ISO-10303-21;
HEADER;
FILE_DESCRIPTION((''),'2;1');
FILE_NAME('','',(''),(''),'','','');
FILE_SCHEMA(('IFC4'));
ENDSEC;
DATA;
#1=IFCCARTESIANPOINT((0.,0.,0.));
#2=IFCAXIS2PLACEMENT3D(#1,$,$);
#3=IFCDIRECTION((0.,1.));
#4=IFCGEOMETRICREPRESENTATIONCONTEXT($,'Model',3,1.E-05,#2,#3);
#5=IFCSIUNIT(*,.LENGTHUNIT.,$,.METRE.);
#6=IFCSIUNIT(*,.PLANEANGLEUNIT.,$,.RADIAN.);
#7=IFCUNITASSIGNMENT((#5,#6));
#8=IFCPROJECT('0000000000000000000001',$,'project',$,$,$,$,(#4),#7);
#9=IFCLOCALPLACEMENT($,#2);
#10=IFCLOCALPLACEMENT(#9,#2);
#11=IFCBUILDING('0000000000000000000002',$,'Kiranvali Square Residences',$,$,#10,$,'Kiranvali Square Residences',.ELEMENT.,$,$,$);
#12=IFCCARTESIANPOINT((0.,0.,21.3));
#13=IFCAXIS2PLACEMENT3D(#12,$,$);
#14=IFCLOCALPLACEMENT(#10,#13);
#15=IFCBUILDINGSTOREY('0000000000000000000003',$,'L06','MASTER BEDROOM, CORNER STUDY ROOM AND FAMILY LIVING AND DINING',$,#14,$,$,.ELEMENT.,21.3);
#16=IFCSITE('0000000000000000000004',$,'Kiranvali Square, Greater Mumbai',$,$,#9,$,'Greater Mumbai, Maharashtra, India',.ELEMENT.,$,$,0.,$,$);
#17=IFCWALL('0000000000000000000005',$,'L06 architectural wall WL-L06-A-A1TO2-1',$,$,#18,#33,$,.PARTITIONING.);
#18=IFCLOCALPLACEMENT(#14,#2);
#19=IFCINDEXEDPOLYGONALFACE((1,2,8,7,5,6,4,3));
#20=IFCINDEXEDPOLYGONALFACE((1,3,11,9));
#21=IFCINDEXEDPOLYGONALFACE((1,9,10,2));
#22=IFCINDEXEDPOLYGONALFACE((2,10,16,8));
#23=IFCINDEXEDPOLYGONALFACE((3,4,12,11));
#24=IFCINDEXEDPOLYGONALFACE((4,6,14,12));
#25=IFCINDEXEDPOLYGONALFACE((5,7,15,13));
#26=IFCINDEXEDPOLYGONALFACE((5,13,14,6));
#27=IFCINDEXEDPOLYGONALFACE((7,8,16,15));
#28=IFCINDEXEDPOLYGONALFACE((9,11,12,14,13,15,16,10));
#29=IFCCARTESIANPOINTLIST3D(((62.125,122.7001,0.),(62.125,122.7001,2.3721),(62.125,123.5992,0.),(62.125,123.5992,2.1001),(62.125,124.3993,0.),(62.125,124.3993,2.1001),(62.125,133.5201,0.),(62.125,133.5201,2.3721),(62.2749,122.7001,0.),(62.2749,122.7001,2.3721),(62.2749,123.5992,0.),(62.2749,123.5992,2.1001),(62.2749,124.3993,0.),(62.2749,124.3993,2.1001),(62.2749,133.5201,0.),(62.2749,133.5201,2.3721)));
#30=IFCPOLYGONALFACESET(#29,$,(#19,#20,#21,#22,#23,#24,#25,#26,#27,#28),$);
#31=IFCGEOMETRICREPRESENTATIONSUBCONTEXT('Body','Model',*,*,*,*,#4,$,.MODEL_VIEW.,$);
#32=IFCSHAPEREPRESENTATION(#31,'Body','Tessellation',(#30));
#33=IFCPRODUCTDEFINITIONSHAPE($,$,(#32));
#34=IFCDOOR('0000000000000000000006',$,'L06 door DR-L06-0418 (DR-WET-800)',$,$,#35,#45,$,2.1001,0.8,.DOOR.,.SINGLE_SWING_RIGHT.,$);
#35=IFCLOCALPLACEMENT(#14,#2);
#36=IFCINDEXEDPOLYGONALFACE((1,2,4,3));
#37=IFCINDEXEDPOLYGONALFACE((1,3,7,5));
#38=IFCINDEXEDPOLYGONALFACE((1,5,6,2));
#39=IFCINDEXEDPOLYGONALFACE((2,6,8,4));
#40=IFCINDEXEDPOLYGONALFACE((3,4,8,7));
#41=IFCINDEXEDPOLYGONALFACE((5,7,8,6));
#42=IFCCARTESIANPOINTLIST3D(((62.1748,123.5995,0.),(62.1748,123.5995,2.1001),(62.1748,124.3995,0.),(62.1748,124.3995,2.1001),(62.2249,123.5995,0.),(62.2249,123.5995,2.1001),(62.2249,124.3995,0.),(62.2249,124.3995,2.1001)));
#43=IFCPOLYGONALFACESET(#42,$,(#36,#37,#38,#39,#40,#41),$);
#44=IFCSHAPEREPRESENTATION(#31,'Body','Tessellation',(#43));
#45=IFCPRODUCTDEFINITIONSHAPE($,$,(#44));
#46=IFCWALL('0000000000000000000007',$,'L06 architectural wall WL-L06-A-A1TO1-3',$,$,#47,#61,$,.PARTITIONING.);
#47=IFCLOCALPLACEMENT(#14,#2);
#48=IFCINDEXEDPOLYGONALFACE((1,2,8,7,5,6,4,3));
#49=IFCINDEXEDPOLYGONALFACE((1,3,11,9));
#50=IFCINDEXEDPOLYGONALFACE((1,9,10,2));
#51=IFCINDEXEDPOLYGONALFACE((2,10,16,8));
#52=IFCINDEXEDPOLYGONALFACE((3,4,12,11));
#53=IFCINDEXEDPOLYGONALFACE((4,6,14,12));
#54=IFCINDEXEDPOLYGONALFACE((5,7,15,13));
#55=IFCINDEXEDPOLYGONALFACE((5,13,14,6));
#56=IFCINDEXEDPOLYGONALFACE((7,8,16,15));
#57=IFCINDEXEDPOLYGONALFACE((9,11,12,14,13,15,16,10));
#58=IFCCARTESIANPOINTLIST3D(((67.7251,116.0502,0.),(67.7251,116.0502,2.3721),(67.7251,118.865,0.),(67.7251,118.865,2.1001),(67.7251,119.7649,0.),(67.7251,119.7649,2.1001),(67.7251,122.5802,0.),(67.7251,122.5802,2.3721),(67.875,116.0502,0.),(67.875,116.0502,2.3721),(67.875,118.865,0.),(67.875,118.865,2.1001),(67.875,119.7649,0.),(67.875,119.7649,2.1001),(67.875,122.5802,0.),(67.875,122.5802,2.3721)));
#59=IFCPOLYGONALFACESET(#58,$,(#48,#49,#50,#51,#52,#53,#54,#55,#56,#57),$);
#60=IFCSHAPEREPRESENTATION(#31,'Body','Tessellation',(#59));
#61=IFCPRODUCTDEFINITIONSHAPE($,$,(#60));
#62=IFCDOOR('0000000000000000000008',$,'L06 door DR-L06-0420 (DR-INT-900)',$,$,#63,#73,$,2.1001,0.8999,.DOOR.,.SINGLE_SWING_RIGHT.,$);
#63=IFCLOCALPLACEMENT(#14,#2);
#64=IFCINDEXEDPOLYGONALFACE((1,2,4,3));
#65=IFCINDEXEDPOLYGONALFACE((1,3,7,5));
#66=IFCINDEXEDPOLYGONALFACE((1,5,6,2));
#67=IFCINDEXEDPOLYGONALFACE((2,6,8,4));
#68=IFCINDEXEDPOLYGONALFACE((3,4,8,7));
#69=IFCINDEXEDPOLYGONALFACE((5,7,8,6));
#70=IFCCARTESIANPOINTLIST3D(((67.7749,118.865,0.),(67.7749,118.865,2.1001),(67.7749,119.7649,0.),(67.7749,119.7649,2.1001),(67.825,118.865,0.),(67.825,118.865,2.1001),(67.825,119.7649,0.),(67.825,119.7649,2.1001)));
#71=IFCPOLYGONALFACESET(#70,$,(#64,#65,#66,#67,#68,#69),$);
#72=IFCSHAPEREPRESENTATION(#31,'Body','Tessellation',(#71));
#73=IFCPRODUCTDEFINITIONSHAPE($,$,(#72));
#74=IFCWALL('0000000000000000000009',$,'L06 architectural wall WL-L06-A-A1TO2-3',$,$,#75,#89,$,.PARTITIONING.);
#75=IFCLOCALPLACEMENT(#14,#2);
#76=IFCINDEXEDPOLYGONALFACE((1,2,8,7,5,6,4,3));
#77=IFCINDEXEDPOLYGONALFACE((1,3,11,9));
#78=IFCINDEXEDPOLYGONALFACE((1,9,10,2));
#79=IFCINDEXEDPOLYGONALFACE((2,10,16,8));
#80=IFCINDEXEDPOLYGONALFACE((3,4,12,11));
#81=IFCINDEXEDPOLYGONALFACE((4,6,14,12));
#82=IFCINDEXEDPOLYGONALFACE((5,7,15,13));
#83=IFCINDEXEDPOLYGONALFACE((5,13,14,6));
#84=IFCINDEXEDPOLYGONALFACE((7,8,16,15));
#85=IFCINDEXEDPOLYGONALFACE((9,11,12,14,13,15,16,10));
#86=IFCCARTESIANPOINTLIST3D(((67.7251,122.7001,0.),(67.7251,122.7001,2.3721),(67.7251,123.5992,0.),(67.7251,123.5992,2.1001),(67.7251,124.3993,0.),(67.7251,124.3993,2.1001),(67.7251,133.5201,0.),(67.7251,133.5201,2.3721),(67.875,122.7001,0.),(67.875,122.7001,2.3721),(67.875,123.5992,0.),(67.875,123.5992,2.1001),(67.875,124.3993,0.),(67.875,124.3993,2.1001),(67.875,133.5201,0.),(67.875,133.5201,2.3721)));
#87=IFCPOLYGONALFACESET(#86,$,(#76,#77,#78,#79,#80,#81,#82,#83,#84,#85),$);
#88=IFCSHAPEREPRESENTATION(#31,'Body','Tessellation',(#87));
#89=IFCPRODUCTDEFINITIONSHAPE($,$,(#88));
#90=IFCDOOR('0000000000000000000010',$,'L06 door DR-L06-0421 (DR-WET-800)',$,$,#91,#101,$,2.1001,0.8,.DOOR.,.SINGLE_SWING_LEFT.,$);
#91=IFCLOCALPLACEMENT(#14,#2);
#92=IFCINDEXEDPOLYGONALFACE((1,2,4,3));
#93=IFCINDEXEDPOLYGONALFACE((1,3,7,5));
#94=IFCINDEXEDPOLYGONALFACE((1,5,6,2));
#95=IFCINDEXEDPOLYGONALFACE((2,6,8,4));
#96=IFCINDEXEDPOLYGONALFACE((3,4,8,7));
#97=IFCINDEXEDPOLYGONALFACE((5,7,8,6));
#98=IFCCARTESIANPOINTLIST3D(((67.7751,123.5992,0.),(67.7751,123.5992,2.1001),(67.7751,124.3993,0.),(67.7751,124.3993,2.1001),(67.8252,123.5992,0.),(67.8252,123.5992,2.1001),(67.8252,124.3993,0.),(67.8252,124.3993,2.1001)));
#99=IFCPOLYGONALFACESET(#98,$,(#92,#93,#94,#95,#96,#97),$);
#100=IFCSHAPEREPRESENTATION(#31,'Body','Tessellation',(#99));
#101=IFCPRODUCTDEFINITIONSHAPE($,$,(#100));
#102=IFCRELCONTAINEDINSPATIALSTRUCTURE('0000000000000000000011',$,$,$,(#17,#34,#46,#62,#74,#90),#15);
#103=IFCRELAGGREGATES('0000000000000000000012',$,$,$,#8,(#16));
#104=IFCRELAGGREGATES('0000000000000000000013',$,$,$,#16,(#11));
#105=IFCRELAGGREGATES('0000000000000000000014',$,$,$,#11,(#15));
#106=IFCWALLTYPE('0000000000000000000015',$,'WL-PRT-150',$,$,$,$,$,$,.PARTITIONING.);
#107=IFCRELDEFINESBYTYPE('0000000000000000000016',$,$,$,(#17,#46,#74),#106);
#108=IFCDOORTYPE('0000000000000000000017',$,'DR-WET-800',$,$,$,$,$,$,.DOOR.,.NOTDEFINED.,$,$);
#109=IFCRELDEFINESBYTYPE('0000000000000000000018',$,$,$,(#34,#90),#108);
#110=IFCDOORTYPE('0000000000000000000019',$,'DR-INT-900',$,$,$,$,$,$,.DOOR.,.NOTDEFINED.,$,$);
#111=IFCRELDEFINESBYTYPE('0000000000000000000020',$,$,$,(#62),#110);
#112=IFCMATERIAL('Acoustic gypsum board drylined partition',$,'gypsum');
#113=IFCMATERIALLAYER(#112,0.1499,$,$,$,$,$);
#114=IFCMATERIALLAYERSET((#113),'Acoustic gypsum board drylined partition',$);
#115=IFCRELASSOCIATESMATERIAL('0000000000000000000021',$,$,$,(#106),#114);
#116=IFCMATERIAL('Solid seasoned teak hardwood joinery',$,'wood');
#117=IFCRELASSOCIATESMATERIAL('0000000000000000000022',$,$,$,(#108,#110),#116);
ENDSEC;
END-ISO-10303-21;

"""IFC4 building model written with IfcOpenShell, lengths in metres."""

from ifc_helpers import new_model, si_unit, direction, frame, frame_2d, origin, place, context, subcontext, project, spatial, rectangle, extrude, material, layer, layer_set, type_object, element, fill, save


model = new_model("IFC4")

# Units and contexts
model_context = context("Model", 3, precision=1e-05, world=origin(), true_north=direction((0.0, 1.0)))
body_context = subcontext(model_context, "Body", "Model", "MODEL_VIEW")
ifc_project = project(units=[si_unit("LENGTHUNIT", "METRE"), si_unit("PLANEANGLEUNIT", "RADIAN")], contexts=[model_context])

# Site, building, storey
site_placement = place(None, origin())
site = spatial("IfcSite", under=ifc_project, at=site_placement, Name="Kiranvali Square, Greater Mumbai", LongName="Greater Mumbai, Maharashtra, India", CompositionType="ELEMENT", RefElevation=0.0)
building_placement = place(site_placement, origin())
building = spatial("IfcBuilding", under=site, at=building_placement, Name="Kiranvali Square Residences", LongName="Kiranvali Square Residences", CompositionType="ELEMENT")
storey_placement = place(building_placement, frame((0.0, 0.0, 21.3)))
storey = spatial("IfcBuildingStorey", under=building, at=storey_placement, Name="L06", Description="MASTER BEDROOM, CORNER STUDY ROOM AND FAMILY LIVING AND DINING", CompositionType="ELEMENT", Elevation=21.3)

# Walls, openings, doors
ifc_material_1 = material(Name="Acoustic gypsum board drylined partition", Category="gypsum")
ifc_layer_1 = layer(ifc_material_1, 0.1499)
ifc_layer_set_1 = layer_set([ifc_layer_1], Name="Acoustic gypsum board drylined partition")
wall_type_1 = type_object("IfcWallType", Name="WL-PRT-150", PredefinedType="PARTITIONING", material=ifc_layer_set_1)
wall_1_placement = place(storey_placement, frame((62.2, 122.7, 0.0), z_axis=(0.0, 0.0, 1.0), x_axis=(0.0, 1.0, 0.0)))
wall_1 = element("IfcWall", 1, at=wall_1_placement, inside=storey, type_object=wall_type_1, Name="L06 architectural wall WL-L06-A-A1TO2-1", PredefinedType="PARTITIONING", context=body_context, shape_type="SweptSolid", body=[
    extrude(rectangle(XDim=10.8201, YDim=0.1499, at=frame_2d((5.4102, 0.0))), origin(), (0.0, 0.0, 1.0), 2.3721),
])
opening_1_placement = place(wall_1_placement, frame((0.8994, 0.0, 0.0)))
opening_1 = element("IfcOpeningElement", 2, at=opening_1_placement, cuts=wall_1, PredefinedType="OPENING", context=body_context, shape_type="SweptSolid", body=[
    extrude(rectangle(XDim=0.8, YDim=2.1001, at=frame_2d((0.3999, 1.05))), frame((0.0, 0.085, 0.0), z_axis=(0.0, -1.0, 0.0), x_axis=(1.0, 0.0, 0.0)), (0.0, 0.0, 1.0), 0.1699),
])
ifc_material_2 = material(Name="Solid seasoned teak hardwood joinery", Category="wood")
door_type_1 = type_object("IfcDoorType", Name="DR-WET-800", OperationType="NOTDEFINED", PredefinedType="DOOR", material=ifc_material_2)
door_1_placement = place(opening_1_placement, frame((0.8, 0.0, 0.0), z_axis=(0.0, 0.0, 1.0), x_axis=(-1.0, 0.0, 0.0)))
door_1 = element("IfcDoor", 3, at=door_1_placement, inside=storey, type_object=door_type_1, Name="L06 door DR-L06-0418 (DR-WET-800)", OperationType="SINGLE_SWING_RIGHT", OverallHeight=2.1001, OverallWidth=0.8, PredefinedType="DOOR", context=body_context, shape_type="SweptSolid", body=[
    extrude(rectangle(XDim=0.8, YDim=2.1001, at=frame_2d((0.3999, 1.05))), frame((0.0, 0.0249, 0.0), z_axis=(0.0, -1.0, 0.0), x_axis=(1.0, 0.0, 0.0)), (0.0, 0.0, 1.0), 0.05),
])
fill(opening_1, door_1)
wall_2_placement = place(storey_placement, frame((67.8, 116.05, 0.0), z_axis=(0.0, 0.0, 1.0), x_axis=(0.0, 1.0, 0.0)))
wall_2 = element("IfcWall", 4, at=wall_2_placement, inside=storey, type_object=wall_type_1, Name="L06 architectural wall WL-L06-A-A1TO1-3", PredefinedType="PARTITIONING", context=body_context, shape_type="SweptSolid", body=[
    extrude(rectangle(XDim=6.53, YDim=0.1499, at=frame_2d((3.2651, 0.0))), origin(), (0.0, 0.0, 1.0), 2.3721),
])
opening_2_placement = place(wall_2_placement, frame((2.8149, 0.0, 0.0)))
opening_2 = element("IfcOpeningElement", 5, at=opening_2_placement, cuts=wall_2, PredefinedType="OPENING", context=body_context, shape_type="SweptSolid", body=[
    extrude(rectangle(XDim=0.8999, YDim=2.1001, at=frame_2d((0.45, 1.05))), frame((0.0, 0.085, 0.0), z_axis=(0.0, -1.0, 0.0), x_axis=(1.0, 0.0, 0.0)), (0.0, 0.0, 1.0), 0.1699),
])
door_type_2 = type_object("IfcDoorType", Name="DR-INT-900", OperationType="NOTDEFINED", PredefinedType="DOOR", material=ifc_material_2)
door_2_placement = place(opening_2_placement, frame((0.8999, 0.0, 0.0), z_axis=(0.0, 0.0, 1.0), x_axis=(-1.0, 0.0, 0.0)))
door_2 = element("IfcDoor", 6, at=door_2_placement, inside=storey, type_object=door_type_2, Name="L06 door DR-L06-0420 (DR-INT-900)", OperationType="SINGLE_SWING_RIGHT", OverallHeight=2.1001, OverallWidth=0.8999, PredefinedType="DOOR", context=body_context, shape_type="SweptSolid", body=[
    extrude(rectangle(XDim=0.8999, YDim=2.1001, at=frame_2d((0.45, 1.05))), frame((0.0, 0.0249, 0.0), z_axis=(0.0, -1.0, 0.0), x_axis=(1.0, 0.0, 0.0)), (0.0, 0.0, 1.0), 0.05),
])
fill(opening_2, door_2)
wall_3_placement = place(storey_placement, frame((67.8, 122.7, 0.0), z_axis=(0.0, 0.0, 1.0), x_axis=(0.0, 1.0, 0.0)))
wall_3 = element("IfcWall", 7, at=wall_3_placement, inside=storey, type_object=wall_type_1, Name="L06 architectural wall WL-L06-A-A1TO2-3", PredefinedType="PARTITIONING", context=body_context, shape_type="SweptSolid", body=[
    extrude(rectangle(XDim=10.8201, YDim=0.1499, at=frame_2d((5.4102, 0.0))), origin(), (0.0, 0.0, 1.0), 2.3721),
])
opening_3_placement = place(wall_3_placement, frame((0.8994, 0.0, 0.0)))
opening_3 = element("IfcOpeningElement", 8, at=opening_3_placement, cuts=wall_3, PredefinedType="OPENING", context=body_context, shape_type="SweptSolid", body=[
    extrude(rectangle(XDim=0.8, YDim=2.1001, at=frame_2d((0.3999, 1.05))), frame((0.0, 0.085, 0.0), z_axis=(0.0, -1.0, 0.0), x_axis=(1.0, 0.0, 0.0)), (0.0, 0.0, 1.0), 0.1699),
])
door_3_placement = place(opening_3_placement, origin())
door_3 = element("IfcDoor", 9, at=door_3_placement, inside=storey, type_object=door_type_1, Name="L06 door DR-L06-0421 (DR-WET-800)", OperationType="SINGLE_SWING_LEFT", OverallHeight=2.1001, OverallWidth=0.8, PredefinedType="DOOR", context=body_context, shape_type="SweptSolid", body=[
    extrude(rectangle(XDim=0.8, YDim=2.1001, at=frame_2d((0.3999, 1.05))), frame((0.0, 0.0249, 0.0), z_axis=(0.0, -1.0, 0.0), x_axis=(1.0, 0.0, 0.0)), (0.0, 0.0, 1.0), 0.05),
])
fill(opening_3, door_3)

save(model, "model.ifc")
